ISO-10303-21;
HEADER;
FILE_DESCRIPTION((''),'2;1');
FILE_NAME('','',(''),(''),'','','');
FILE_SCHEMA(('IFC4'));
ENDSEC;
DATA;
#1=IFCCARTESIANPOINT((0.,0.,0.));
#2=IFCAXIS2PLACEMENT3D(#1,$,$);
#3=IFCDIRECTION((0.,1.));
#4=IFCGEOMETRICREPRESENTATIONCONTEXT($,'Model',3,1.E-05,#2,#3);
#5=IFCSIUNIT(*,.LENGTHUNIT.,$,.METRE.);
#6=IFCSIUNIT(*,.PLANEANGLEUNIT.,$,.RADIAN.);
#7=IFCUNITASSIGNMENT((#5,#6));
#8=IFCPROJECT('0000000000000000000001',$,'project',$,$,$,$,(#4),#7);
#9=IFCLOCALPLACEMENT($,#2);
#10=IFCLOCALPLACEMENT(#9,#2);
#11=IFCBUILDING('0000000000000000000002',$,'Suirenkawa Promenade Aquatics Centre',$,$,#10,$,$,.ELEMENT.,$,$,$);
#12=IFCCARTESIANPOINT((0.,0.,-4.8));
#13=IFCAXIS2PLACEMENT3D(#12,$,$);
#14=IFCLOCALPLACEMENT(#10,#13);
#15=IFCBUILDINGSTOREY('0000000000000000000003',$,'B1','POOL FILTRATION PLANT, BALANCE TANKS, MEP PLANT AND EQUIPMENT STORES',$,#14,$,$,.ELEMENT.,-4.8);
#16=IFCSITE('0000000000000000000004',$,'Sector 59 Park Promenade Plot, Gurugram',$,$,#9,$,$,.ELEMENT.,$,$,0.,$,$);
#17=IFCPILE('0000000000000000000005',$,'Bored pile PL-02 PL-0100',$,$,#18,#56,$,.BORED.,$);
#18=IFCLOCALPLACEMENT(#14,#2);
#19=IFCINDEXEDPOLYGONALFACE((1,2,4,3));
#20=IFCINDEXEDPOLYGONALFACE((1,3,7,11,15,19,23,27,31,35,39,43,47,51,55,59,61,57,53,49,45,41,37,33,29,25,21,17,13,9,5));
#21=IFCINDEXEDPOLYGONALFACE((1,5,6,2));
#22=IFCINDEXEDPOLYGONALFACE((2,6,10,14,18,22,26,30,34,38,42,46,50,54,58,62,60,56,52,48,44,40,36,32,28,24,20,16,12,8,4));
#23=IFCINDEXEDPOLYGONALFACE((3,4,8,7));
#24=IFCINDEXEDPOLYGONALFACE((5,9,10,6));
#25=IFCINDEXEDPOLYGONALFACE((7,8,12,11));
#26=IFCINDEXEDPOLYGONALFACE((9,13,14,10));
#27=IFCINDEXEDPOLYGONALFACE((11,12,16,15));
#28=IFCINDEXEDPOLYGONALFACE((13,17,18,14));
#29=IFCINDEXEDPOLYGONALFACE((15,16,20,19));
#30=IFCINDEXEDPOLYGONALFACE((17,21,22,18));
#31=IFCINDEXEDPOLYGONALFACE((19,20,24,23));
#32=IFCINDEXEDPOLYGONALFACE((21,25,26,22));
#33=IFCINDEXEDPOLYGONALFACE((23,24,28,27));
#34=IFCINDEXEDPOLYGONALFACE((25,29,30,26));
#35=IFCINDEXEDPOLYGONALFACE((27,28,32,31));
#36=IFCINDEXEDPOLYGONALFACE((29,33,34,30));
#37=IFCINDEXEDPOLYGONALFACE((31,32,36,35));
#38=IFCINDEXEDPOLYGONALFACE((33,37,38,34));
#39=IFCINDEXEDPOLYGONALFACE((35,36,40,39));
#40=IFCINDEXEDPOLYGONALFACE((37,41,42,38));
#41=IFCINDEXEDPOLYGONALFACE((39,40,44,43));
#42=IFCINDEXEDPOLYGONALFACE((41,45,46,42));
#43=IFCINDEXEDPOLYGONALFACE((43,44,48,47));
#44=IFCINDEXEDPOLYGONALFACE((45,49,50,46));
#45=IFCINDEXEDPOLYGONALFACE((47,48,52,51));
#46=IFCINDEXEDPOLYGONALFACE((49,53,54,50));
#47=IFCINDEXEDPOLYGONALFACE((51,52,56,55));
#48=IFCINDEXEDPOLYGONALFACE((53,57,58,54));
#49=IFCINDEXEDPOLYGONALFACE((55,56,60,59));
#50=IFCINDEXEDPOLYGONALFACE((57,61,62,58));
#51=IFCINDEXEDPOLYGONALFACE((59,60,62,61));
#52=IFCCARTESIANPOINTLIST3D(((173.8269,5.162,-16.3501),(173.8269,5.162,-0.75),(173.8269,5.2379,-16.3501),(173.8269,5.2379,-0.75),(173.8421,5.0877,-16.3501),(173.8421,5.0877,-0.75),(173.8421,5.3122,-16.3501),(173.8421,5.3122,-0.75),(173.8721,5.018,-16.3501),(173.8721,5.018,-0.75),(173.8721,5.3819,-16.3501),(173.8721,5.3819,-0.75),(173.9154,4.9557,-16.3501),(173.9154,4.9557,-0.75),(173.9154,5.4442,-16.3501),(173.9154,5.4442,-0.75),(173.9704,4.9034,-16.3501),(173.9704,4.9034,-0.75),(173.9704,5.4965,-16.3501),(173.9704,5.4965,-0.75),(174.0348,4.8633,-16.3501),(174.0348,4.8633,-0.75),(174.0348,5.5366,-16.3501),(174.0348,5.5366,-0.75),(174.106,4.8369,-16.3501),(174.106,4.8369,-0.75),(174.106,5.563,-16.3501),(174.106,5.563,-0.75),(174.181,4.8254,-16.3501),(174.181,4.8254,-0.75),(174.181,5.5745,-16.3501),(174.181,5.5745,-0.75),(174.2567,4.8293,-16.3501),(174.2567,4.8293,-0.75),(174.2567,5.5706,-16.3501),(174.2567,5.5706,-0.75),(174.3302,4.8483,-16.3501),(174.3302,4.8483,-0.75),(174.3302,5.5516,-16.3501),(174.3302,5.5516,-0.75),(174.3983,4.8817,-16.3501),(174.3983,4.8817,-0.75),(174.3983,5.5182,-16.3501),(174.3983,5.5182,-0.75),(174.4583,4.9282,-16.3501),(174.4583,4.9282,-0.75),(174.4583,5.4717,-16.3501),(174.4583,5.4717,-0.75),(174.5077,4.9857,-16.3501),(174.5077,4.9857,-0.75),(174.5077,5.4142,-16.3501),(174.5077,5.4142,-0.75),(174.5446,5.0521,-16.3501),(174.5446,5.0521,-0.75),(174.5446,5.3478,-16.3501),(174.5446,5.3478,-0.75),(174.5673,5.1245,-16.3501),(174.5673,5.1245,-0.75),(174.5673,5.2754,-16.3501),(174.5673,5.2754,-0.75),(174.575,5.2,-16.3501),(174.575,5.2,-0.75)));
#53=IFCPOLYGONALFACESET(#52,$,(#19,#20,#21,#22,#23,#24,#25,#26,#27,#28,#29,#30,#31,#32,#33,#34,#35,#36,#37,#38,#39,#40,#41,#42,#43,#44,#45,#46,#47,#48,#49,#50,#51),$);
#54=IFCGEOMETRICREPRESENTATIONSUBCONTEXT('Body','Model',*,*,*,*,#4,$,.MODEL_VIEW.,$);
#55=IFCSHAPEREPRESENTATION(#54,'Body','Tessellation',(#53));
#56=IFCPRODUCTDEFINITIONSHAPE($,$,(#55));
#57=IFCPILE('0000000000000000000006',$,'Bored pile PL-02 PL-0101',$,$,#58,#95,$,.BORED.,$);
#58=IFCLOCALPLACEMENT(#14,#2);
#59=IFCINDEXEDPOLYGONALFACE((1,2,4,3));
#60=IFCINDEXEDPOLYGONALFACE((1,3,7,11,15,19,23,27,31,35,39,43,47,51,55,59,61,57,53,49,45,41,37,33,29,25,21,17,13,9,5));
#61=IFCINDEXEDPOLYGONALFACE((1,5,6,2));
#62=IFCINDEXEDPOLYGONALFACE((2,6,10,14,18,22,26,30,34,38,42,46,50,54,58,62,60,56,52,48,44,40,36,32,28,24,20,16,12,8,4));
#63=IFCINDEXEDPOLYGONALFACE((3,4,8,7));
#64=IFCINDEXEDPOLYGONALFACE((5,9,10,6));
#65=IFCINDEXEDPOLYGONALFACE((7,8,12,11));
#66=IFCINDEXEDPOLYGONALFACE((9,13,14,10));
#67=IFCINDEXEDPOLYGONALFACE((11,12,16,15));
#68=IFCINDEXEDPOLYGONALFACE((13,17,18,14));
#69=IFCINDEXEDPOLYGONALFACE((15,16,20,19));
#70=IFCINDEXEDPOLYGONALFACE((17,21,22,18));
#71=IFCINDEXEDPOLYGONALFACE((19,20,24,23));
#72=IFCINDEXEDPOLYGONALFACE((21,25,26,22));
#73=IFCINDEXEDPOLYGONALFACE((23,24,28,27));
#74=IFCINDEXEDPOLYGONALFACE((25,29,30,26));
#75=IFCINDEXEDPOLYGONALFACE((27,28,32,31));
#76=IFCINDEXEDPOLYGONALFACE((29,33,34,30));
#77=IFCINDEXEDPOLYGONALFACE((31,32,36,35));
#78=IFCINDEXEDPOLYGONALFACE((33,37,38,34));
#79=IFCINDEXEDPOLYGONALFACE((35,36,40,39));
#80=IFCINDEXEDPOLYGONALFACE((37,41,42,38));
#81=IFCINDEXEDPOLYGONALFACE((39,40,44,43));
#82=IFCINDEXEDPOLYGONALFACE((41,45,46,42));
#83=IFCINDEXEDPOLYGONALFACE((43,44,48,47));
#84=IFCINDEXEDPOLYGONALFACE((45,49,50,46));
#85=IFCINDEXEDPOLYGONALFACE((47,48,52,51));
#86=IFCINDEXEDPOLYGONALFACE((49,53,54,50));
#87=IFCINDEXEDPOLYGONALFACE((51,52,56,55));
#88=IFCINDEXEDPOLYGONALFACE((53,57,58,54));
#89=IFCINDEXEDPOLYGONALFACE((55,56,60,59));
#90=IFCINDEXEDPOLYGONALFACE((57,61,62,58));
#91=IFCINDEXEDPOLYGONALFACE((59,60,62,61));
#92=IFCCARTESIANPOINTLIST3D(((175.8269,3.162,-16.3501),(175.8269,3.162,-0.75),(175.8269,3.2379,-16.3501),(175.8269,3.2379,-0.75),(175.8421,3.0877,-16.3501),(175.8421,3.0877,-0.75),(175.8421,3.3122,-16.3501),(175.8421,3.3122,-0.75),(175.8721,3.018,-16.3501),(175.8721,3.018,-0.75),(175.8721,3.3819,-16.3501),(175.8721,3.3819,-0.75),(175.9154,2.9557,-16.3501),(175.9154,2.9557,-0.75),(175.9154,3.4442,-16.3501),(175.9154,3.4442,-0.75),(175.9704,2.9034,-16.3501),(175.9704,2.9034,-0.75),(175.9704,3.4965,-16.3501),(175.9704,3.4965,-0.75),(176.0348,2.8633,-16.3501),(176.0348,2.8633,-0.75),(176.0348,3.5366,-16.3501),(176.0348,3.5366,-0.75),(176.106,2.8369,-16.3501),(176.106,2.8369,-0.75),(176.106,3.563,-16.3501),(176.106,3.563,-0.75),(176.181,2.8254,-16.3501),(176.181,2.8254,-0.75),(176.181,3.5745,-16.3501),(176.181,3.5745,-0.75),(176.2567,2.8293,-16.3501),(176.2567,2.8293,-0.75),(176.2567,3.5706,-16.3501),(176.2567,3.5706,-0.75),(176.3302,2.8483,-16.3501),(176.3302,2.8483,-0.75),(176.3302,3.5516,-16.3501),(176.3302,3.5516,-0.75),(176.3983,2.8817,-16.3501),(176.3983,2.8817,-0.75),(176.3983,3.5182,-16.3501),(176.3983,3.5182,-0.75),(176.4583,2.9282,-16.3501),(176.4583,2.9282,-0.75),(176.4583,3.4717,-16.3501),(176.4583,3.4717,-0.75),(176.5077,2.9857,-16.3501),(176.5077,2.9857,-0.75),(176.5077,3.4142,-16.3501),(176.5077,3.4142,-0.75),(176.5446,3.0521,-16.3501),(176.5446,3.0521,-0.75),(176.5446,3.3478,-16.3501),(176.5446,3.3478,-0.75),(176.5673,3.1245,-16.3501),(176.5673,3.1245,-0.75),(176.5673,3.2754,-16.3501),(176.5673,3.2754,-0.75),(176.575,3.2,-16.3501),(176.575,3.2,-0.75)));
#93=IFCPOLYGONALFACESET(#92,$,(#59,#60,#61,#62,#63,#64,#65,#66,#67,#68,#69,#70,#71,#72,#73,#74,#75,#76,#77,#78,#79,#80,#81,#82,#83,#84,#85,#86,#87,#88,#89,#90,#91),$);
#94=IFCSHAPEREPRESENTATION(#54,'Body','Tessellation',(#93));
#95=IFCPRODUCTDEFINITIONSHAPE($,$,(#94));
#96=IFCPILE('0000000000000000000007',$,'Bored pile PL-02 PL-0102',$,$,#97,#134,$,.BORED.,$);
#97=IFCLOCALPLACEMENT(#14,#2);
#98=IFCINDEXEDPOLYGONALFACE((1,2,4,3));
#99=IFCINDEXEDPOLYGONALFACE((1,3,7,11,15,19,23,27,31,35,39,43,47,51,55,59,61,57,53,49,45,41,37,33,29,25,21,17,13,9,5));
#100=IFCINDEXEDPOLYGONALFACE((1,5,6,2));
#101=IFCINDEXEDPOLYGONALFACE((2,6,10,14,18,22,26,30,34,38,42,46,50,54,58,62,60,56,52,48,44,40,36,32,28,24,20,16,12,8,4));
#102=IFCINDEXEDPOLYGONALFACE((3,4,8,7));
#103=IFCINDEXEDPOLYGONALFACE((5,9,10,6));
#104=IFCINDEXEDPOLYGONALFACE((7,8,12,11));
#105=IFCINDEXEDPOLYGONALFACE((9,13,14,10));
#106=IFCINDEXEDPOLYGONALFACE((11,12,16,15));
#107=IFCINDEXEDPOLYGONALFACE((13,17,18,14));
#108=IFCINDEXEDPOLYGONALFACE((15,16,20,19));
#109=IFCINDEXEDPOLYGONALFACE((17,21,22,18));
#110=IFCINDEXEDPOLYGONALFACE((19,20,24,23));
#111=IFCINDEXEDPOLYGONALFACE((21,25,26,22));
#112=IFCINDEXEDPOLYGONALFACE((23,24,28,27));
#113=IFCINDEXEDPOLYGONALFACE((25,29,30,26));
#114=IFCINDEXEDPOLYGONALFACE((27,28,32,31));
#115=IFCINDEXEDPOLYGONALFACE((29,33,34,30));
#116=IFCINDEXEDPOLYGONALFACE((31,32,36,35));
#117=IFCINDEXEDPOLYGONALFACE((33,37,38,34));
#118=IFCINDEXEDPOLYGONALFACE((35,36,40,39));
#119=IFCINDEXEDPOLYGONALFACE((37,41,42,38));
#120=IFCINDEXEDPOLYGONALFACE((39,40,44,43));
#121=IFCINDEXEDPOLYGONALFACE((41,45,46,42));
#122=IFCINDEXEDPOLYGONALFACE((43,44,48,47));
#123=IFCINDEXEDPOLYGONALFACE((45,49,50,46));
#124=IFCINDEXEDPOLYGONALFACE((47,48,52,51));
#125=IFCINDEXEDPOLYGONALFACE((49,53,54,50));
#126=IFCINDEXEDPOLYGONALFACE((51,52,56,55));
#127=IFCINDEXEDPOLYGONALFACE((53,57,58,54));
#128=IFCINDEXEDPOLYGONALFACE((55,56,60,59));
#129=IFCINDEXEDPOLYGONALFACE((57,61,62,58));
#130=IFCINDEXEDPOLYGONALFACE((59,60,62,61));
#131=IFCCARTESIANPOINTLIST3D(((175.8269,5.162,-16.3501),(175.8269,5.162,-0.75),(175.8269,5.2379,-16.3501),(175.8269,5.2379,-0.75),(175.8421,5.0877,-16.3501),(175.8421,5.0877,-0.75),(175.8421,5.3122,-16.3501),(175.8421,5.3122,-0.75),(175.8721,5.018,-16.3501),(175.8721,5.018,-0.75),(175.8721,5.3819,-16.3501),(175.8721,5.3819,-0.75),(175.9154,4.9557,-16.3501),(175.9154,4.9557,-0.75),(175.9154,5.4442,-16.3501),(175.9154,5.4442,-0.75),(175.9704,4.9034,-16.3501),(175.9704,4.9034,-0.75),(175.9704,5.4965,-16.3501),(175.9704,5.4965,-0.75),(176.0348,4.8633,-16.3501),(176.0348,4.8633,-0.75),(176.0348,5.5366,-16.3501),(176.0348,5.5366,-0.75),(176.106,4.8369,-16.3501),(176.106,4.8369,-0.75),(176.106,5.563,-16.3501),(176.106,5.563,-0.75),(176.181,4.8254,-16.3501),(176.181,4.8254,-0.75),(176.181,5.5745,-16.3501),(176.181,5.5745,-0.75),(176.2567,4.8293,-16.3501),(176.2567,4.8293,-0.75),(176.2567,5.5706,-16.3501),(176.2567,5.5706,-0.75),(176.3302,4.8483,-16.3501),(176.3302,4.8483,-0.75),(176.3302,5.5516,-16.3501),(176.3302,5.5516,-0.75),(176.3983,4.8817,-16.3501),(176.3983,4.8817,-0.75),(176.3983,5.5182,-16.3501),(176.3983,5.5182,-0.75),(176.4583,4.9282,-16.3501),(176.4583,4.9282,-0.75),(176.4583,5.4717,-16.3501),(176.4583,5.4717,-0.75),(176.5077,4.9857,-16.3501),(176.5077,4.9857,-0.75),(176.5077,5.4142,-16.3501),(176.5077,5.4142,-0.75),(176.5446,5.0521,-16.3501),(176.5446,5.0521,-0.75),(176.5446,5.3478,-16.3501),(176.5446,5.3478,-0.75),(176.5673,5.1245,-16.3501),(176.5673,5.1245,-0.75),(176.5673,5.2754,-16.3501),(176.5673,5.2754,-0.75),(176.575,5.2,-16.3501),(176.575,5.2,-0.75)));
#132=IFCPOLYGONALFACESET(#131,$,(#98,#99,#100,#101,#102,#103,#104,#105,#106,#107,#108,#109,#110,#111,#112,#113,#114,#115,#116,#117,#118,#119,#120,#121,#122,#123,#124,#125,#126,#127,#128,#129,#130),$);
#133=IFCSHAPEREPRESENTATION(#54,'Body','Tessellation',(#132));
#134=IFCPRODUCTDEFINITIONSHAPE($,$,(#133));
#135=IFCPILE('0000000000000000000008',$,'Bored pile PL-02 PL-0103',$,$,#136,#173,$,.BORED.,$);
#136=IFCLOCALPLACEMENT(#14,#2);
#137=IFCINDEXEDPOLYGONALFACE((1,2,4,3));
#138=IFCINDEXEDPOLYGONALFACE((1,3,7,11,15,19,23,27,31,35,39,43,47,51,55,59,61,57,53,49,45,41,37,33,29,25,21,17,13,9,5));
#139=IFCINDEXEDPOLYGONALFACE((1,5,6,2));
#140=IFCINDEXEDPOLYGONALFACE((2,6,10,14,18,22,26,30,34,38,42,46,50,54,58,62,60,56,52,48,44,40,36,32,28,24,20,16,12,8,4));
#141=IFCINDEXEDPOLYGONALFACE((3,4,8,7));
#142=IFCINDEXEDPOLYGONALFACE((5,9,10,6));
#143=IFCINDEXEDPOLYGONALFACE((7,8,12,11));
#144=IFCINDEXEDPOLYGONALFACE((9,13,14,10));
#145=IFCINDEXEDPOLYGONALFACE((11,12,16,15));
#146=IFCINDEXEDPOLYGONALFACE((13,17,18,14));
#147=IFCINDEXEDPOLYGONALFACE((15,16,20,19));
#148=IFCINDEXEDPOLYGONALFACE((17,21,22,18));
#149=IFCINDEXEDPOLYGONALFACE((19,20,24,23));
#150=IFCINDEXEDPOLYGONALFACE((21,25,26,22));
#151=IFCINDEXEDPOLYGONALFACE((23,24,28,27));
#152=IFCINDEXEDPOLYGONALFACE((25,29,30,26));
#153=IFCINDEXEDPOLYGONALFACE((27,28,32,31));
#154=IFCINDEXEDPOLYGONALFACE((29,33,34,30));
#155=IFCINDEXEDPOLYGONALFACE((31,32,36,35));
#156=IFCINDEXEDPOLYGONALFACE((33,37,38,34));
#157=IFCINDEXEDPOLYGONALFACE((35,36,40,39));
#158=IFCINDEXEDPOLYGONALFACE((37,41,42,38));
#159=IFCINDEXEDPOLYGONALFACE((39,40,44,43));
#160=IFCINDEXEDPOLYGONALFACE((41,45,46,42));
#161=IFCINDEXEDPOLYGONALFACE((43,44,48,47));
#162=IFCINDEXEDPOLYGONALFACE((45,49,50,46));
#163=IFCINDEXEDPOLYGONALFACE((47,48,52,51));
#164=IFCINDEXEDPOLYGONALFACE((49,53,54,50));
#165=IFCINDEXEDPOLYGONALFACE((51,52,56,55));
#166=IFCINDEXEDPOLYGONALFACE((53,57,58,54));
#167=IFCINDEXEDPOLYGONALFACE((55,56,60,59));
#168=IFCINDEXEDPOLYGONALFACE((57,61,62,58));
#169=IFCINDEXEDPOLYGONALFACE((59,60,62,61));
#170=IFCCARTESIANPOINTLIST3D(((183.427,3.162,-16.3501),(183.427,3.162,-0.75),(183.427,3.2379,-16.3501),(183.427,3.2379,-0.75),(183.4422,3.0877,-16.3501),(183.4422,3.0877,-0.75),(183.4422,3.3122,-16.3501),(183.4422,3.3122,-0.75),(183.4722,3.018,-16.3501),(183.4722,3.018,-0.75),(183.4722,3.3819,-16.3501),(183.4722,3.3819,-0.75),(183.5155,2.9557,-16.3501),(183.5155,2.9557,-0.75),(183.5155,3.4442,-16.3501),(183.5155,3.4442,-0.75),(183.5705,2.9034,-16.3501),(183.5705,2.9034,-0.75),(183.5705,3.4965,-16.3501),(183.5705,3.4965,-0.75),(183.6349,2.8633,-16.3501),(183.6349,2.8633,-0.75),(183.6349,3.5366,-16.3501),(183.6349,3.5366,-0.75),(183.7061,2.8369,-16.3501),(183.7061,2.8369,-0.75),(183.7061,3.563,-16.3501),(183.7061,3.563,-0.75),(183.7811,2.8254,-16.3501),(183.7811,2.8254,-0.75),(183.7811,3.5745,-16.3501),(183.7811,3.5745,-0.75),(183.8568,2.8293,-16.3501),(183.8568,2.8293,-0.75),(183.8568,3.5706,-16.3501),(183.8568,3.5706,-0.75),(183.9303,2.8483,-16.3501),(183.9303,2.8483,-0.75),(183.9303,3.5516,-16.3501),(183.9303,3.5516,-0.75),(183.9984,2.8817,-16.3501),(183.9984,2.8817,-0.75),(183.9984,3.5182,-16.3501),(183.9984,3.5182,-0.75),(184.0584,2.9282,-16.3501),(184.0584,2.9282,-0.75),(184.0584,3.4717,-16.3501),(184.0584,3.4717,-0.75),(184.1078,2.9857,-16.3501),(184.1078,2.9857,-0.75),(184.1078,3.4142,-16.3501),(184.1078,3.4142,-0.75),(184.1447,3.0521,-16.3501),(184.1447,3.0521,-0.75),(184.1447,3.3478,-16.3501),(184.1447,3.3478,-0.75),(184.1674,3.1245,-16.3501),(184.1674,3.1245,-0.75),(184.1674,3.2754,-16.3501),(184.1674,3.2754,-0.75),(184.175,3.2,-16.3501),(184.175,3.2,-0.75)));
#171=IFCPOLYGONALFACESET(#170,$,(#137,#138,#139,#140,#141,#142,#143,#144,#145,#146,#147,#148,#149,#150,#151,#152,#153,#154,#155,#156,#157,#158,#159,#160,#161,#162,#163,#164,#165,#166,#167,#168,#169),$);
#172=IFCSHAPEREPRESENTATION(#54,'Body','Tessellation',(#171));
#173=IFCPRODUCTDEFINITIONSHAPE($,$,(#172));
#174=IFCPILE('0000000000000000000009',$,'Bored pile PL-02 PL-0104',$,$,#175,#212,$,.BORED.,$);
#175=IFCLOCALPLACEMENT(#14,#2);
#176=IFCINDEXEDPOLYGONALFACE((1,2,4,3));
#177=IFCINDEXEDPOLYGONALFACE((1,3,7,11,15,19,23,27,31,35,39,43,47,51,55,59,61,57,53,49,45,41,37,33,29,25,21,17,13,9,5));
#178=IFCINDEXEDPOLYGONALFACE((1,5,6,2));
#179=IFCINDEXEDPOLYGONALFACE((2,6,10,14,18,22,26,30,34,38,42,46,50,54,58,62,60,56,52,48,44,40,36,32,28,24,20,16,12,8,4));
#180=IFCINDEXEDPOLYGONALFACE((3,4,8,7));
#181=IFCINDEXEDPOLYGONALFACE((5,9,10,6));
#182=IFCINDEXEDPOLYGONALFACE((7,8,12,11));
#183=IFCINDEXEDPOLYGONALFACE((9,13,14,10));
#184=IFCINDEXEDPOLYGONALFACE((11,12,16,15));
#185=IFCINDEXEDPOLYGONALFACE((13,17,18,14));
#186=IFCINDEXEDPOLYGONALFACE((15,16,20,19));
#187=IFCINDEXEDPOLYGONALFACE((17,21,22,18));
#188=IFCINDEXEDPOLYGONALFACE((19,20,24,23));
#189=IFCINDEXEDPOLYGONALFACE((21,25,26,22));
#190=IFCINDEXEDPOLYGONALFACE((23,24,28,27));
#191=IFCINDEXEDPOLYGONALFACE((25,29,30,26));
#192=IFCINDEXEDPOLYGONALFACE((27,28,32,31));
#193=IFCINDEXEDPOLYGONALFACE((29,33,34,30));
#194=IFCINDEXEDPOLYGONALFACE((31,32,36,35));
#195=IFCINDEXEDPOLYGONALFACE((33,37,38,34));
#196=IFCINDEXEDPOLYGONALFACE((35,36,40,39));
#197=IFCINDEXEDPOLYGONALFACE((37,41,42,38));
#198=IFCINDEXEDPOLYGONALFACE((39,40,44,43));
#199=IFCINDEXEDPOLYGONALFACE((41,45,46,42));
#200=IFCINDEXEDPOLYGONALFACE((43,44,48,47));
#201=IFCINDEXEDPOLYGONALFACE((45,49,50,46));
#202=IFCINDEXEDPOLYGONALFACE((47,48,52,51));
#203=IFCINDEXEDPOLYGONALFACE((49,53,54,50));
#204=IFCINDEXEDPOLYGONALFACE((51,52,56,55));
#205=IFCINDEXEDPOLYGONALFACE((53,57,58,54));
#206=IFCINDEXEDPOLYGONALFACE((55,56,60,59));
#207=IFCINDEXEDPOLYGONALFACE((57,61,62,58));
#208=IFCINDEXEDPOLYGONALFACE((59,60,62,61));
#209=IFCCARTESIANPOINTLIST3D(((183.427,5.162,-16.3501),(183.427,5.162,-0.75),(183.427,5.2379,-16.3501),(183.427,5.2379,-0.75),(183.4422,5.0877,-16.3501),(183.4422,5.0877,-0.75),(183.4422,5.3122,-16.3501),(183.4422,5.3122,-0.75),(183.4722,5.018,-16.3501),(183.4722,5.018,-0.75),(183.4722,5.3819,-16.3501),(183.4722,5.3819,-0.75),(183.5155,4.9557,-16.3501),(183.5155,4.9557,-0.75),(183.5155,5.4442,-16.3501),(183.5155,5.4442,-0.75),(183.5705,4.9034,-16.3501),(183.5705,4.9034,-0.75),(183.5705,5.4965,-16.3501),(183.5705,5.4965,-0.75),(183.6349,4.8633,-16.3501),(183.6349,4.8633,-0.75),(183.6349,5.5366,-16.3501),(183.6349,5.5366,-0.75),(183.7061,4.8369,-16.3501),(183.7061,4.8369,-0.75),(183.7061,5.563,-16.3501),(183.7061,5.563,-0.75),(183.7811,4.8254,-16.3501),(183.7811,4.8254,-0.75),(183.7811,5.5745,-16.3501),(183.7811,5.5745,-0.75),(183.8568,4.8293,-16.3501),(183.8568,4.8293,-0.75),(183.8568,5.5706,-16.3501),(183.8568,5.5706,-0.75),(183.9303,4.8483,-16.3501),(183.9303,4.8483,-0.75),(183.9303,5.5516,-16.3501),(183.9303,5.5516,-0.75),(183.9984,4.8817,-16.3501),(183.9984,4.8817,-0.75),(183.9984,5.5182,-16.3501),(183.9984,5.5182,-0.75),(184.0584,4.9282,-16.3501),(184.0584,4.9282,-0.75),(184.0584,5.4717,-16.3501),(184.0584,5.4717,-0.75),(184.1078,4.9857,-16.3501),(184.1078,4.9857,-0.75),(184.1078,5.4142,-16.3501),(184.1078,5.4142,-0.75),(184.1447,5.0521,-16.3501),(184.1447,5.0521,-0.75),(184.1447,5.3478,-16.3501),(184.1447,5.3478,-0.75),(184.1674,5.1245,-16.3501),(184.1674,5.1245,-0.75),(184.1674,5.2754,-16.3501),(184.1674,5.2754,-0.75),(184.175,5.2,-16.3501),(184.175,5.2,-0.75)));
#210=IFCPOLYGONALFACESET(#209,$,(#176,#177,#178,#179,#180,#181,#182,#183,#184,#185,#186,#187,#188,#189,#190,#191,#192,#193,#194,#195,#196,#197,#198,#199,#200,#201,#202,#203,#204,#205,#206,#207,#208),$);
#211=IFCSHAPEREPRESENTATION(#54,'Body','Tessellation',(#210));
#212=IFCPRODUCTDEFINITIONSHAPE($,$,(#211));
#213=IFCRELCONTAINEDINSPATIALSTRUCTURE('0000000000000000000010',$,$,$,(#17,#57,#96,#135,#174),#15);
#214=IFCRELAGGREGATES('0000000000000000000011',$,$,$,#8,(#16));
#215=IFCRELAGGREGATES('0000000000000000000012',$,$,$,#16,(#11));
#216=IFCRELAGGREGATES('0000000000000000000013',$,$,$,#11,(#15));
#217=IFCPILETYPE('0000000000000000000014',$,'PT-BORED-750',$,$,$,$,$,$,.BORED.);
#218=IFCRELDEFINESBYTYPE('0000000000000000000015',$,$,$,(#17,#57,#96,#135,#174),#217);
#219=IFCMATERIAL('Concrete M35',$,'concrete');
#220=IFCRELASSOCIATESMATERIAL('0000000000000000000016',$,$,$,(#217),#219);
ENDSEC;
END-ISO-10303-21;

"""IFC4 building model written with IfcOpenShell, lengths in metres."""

from ifc_helpers import new_model, si_unit, direction, frame, origin, origin_2d, place, context, subcontext, project, spatial, circle, extrude, material, material_profile, profile_set, type_object, element, save


model = new_model("IFC4")

# Units and contexts
model_context = context("Model", 3, precision=1e-05, world=origin(), true_north=direction((0.0, 1.0)))
body_context = subcontext(model_context, "Body", "Model", "MODEL_VIEW")
ifc_project = project(units=[si_unit("LENGTHUNIT", "METRE"), si_unit("PLANEANGLEUNIT", "RADIAN")], contexts=[model_context])

# Site, building, storey
site_placement = place(None, origin())
site = spatial("IfcSite", under=ifc_project, at=site_placement, Name="Sector 59 Park Promenade Plot, Gurugram", CompositionType="ELEMENT", RefElevation=0.0)
building_placement = place(site_placement, origin())
building = spatial("IfcBuilding", under=site, at=building_placement, Name="Suirenkawa Promenade Aquatics Centre", CompositionType="ELEMENT")
storey_placement = place(building_placement, frame((0.0, 0.0, -4.8)))
storey = spatial("IfcBuildingStorey", under=building, at=storey_placement, Name="B1", Description="POOL FILTRATION PLANT, BALANCE TANKS, MEP PLANT AND EQUIPMENT STORES", CompositionType="ELEMENT", Elevation=-4.8)

# Shared definitions
ifc_material_1 = material(Name="Concrete M35", Category="concrete")

# Piles
ifc_material_profile_1 = material_profile(ifc_material_1, circle(Radius=0.375, at=origin_2d()), Name="PILE D750", Category="concrete")
ifc_profile_set_1 = profile_set([ifc_material_profile_1], Name="Concrete M35")
pile_type = type_object("IfcPileType", Name="PT-BORED-750", PredefinedType="BORED", material=ifc_profile_set_1)
for number, where, z_axis, x_axis, name in (
    (1, (174.2, 5.2, -0.75), (0.0, 0.0, -1.0), (1.0, 0.0, 0.0), "Bored pile PL-02 PL-0100"),
    (2, (176.2, 3.2, -0.75), (0.0, 0.0, -1.0), (1.0, 0.0, 0.0), "Bored pile PL-02 PL-0101"),
    (3, (176.2, 5.2, -0.75), (0.0, 0.0, -1.0), (1.0, 0.0, 0.0), "Bored pile PL-02 PL-0102"),
    (4, (183.8, 3.2, -0.75), (0.0, 0.0, -1.0), (1.0, 0.0, 0.0), "Bored pile PL-02 PL-0103"),
    (5, (183.8, 5.2, -0.75), (0.0, 0.0, -1.0), (1.0, 0.0, 0.0), "Bored pile PL-02 PL-0104"),
):
    element("IfcPile", number, at=place(storey_placement, frame(where, z_axis=z_axis, x_axis=x_axis)), inside=storey, type_object=pile_type, Name=name, PredefinedType="BORED", context=body_context, shape_type="SweptSolid", body=[
        extrude(circle(Radius=0.375, at=origin_2d()), origin(), (0.0, 0.0, 1.0), 15.6001),
    ])

save(model, "model.ifc")
